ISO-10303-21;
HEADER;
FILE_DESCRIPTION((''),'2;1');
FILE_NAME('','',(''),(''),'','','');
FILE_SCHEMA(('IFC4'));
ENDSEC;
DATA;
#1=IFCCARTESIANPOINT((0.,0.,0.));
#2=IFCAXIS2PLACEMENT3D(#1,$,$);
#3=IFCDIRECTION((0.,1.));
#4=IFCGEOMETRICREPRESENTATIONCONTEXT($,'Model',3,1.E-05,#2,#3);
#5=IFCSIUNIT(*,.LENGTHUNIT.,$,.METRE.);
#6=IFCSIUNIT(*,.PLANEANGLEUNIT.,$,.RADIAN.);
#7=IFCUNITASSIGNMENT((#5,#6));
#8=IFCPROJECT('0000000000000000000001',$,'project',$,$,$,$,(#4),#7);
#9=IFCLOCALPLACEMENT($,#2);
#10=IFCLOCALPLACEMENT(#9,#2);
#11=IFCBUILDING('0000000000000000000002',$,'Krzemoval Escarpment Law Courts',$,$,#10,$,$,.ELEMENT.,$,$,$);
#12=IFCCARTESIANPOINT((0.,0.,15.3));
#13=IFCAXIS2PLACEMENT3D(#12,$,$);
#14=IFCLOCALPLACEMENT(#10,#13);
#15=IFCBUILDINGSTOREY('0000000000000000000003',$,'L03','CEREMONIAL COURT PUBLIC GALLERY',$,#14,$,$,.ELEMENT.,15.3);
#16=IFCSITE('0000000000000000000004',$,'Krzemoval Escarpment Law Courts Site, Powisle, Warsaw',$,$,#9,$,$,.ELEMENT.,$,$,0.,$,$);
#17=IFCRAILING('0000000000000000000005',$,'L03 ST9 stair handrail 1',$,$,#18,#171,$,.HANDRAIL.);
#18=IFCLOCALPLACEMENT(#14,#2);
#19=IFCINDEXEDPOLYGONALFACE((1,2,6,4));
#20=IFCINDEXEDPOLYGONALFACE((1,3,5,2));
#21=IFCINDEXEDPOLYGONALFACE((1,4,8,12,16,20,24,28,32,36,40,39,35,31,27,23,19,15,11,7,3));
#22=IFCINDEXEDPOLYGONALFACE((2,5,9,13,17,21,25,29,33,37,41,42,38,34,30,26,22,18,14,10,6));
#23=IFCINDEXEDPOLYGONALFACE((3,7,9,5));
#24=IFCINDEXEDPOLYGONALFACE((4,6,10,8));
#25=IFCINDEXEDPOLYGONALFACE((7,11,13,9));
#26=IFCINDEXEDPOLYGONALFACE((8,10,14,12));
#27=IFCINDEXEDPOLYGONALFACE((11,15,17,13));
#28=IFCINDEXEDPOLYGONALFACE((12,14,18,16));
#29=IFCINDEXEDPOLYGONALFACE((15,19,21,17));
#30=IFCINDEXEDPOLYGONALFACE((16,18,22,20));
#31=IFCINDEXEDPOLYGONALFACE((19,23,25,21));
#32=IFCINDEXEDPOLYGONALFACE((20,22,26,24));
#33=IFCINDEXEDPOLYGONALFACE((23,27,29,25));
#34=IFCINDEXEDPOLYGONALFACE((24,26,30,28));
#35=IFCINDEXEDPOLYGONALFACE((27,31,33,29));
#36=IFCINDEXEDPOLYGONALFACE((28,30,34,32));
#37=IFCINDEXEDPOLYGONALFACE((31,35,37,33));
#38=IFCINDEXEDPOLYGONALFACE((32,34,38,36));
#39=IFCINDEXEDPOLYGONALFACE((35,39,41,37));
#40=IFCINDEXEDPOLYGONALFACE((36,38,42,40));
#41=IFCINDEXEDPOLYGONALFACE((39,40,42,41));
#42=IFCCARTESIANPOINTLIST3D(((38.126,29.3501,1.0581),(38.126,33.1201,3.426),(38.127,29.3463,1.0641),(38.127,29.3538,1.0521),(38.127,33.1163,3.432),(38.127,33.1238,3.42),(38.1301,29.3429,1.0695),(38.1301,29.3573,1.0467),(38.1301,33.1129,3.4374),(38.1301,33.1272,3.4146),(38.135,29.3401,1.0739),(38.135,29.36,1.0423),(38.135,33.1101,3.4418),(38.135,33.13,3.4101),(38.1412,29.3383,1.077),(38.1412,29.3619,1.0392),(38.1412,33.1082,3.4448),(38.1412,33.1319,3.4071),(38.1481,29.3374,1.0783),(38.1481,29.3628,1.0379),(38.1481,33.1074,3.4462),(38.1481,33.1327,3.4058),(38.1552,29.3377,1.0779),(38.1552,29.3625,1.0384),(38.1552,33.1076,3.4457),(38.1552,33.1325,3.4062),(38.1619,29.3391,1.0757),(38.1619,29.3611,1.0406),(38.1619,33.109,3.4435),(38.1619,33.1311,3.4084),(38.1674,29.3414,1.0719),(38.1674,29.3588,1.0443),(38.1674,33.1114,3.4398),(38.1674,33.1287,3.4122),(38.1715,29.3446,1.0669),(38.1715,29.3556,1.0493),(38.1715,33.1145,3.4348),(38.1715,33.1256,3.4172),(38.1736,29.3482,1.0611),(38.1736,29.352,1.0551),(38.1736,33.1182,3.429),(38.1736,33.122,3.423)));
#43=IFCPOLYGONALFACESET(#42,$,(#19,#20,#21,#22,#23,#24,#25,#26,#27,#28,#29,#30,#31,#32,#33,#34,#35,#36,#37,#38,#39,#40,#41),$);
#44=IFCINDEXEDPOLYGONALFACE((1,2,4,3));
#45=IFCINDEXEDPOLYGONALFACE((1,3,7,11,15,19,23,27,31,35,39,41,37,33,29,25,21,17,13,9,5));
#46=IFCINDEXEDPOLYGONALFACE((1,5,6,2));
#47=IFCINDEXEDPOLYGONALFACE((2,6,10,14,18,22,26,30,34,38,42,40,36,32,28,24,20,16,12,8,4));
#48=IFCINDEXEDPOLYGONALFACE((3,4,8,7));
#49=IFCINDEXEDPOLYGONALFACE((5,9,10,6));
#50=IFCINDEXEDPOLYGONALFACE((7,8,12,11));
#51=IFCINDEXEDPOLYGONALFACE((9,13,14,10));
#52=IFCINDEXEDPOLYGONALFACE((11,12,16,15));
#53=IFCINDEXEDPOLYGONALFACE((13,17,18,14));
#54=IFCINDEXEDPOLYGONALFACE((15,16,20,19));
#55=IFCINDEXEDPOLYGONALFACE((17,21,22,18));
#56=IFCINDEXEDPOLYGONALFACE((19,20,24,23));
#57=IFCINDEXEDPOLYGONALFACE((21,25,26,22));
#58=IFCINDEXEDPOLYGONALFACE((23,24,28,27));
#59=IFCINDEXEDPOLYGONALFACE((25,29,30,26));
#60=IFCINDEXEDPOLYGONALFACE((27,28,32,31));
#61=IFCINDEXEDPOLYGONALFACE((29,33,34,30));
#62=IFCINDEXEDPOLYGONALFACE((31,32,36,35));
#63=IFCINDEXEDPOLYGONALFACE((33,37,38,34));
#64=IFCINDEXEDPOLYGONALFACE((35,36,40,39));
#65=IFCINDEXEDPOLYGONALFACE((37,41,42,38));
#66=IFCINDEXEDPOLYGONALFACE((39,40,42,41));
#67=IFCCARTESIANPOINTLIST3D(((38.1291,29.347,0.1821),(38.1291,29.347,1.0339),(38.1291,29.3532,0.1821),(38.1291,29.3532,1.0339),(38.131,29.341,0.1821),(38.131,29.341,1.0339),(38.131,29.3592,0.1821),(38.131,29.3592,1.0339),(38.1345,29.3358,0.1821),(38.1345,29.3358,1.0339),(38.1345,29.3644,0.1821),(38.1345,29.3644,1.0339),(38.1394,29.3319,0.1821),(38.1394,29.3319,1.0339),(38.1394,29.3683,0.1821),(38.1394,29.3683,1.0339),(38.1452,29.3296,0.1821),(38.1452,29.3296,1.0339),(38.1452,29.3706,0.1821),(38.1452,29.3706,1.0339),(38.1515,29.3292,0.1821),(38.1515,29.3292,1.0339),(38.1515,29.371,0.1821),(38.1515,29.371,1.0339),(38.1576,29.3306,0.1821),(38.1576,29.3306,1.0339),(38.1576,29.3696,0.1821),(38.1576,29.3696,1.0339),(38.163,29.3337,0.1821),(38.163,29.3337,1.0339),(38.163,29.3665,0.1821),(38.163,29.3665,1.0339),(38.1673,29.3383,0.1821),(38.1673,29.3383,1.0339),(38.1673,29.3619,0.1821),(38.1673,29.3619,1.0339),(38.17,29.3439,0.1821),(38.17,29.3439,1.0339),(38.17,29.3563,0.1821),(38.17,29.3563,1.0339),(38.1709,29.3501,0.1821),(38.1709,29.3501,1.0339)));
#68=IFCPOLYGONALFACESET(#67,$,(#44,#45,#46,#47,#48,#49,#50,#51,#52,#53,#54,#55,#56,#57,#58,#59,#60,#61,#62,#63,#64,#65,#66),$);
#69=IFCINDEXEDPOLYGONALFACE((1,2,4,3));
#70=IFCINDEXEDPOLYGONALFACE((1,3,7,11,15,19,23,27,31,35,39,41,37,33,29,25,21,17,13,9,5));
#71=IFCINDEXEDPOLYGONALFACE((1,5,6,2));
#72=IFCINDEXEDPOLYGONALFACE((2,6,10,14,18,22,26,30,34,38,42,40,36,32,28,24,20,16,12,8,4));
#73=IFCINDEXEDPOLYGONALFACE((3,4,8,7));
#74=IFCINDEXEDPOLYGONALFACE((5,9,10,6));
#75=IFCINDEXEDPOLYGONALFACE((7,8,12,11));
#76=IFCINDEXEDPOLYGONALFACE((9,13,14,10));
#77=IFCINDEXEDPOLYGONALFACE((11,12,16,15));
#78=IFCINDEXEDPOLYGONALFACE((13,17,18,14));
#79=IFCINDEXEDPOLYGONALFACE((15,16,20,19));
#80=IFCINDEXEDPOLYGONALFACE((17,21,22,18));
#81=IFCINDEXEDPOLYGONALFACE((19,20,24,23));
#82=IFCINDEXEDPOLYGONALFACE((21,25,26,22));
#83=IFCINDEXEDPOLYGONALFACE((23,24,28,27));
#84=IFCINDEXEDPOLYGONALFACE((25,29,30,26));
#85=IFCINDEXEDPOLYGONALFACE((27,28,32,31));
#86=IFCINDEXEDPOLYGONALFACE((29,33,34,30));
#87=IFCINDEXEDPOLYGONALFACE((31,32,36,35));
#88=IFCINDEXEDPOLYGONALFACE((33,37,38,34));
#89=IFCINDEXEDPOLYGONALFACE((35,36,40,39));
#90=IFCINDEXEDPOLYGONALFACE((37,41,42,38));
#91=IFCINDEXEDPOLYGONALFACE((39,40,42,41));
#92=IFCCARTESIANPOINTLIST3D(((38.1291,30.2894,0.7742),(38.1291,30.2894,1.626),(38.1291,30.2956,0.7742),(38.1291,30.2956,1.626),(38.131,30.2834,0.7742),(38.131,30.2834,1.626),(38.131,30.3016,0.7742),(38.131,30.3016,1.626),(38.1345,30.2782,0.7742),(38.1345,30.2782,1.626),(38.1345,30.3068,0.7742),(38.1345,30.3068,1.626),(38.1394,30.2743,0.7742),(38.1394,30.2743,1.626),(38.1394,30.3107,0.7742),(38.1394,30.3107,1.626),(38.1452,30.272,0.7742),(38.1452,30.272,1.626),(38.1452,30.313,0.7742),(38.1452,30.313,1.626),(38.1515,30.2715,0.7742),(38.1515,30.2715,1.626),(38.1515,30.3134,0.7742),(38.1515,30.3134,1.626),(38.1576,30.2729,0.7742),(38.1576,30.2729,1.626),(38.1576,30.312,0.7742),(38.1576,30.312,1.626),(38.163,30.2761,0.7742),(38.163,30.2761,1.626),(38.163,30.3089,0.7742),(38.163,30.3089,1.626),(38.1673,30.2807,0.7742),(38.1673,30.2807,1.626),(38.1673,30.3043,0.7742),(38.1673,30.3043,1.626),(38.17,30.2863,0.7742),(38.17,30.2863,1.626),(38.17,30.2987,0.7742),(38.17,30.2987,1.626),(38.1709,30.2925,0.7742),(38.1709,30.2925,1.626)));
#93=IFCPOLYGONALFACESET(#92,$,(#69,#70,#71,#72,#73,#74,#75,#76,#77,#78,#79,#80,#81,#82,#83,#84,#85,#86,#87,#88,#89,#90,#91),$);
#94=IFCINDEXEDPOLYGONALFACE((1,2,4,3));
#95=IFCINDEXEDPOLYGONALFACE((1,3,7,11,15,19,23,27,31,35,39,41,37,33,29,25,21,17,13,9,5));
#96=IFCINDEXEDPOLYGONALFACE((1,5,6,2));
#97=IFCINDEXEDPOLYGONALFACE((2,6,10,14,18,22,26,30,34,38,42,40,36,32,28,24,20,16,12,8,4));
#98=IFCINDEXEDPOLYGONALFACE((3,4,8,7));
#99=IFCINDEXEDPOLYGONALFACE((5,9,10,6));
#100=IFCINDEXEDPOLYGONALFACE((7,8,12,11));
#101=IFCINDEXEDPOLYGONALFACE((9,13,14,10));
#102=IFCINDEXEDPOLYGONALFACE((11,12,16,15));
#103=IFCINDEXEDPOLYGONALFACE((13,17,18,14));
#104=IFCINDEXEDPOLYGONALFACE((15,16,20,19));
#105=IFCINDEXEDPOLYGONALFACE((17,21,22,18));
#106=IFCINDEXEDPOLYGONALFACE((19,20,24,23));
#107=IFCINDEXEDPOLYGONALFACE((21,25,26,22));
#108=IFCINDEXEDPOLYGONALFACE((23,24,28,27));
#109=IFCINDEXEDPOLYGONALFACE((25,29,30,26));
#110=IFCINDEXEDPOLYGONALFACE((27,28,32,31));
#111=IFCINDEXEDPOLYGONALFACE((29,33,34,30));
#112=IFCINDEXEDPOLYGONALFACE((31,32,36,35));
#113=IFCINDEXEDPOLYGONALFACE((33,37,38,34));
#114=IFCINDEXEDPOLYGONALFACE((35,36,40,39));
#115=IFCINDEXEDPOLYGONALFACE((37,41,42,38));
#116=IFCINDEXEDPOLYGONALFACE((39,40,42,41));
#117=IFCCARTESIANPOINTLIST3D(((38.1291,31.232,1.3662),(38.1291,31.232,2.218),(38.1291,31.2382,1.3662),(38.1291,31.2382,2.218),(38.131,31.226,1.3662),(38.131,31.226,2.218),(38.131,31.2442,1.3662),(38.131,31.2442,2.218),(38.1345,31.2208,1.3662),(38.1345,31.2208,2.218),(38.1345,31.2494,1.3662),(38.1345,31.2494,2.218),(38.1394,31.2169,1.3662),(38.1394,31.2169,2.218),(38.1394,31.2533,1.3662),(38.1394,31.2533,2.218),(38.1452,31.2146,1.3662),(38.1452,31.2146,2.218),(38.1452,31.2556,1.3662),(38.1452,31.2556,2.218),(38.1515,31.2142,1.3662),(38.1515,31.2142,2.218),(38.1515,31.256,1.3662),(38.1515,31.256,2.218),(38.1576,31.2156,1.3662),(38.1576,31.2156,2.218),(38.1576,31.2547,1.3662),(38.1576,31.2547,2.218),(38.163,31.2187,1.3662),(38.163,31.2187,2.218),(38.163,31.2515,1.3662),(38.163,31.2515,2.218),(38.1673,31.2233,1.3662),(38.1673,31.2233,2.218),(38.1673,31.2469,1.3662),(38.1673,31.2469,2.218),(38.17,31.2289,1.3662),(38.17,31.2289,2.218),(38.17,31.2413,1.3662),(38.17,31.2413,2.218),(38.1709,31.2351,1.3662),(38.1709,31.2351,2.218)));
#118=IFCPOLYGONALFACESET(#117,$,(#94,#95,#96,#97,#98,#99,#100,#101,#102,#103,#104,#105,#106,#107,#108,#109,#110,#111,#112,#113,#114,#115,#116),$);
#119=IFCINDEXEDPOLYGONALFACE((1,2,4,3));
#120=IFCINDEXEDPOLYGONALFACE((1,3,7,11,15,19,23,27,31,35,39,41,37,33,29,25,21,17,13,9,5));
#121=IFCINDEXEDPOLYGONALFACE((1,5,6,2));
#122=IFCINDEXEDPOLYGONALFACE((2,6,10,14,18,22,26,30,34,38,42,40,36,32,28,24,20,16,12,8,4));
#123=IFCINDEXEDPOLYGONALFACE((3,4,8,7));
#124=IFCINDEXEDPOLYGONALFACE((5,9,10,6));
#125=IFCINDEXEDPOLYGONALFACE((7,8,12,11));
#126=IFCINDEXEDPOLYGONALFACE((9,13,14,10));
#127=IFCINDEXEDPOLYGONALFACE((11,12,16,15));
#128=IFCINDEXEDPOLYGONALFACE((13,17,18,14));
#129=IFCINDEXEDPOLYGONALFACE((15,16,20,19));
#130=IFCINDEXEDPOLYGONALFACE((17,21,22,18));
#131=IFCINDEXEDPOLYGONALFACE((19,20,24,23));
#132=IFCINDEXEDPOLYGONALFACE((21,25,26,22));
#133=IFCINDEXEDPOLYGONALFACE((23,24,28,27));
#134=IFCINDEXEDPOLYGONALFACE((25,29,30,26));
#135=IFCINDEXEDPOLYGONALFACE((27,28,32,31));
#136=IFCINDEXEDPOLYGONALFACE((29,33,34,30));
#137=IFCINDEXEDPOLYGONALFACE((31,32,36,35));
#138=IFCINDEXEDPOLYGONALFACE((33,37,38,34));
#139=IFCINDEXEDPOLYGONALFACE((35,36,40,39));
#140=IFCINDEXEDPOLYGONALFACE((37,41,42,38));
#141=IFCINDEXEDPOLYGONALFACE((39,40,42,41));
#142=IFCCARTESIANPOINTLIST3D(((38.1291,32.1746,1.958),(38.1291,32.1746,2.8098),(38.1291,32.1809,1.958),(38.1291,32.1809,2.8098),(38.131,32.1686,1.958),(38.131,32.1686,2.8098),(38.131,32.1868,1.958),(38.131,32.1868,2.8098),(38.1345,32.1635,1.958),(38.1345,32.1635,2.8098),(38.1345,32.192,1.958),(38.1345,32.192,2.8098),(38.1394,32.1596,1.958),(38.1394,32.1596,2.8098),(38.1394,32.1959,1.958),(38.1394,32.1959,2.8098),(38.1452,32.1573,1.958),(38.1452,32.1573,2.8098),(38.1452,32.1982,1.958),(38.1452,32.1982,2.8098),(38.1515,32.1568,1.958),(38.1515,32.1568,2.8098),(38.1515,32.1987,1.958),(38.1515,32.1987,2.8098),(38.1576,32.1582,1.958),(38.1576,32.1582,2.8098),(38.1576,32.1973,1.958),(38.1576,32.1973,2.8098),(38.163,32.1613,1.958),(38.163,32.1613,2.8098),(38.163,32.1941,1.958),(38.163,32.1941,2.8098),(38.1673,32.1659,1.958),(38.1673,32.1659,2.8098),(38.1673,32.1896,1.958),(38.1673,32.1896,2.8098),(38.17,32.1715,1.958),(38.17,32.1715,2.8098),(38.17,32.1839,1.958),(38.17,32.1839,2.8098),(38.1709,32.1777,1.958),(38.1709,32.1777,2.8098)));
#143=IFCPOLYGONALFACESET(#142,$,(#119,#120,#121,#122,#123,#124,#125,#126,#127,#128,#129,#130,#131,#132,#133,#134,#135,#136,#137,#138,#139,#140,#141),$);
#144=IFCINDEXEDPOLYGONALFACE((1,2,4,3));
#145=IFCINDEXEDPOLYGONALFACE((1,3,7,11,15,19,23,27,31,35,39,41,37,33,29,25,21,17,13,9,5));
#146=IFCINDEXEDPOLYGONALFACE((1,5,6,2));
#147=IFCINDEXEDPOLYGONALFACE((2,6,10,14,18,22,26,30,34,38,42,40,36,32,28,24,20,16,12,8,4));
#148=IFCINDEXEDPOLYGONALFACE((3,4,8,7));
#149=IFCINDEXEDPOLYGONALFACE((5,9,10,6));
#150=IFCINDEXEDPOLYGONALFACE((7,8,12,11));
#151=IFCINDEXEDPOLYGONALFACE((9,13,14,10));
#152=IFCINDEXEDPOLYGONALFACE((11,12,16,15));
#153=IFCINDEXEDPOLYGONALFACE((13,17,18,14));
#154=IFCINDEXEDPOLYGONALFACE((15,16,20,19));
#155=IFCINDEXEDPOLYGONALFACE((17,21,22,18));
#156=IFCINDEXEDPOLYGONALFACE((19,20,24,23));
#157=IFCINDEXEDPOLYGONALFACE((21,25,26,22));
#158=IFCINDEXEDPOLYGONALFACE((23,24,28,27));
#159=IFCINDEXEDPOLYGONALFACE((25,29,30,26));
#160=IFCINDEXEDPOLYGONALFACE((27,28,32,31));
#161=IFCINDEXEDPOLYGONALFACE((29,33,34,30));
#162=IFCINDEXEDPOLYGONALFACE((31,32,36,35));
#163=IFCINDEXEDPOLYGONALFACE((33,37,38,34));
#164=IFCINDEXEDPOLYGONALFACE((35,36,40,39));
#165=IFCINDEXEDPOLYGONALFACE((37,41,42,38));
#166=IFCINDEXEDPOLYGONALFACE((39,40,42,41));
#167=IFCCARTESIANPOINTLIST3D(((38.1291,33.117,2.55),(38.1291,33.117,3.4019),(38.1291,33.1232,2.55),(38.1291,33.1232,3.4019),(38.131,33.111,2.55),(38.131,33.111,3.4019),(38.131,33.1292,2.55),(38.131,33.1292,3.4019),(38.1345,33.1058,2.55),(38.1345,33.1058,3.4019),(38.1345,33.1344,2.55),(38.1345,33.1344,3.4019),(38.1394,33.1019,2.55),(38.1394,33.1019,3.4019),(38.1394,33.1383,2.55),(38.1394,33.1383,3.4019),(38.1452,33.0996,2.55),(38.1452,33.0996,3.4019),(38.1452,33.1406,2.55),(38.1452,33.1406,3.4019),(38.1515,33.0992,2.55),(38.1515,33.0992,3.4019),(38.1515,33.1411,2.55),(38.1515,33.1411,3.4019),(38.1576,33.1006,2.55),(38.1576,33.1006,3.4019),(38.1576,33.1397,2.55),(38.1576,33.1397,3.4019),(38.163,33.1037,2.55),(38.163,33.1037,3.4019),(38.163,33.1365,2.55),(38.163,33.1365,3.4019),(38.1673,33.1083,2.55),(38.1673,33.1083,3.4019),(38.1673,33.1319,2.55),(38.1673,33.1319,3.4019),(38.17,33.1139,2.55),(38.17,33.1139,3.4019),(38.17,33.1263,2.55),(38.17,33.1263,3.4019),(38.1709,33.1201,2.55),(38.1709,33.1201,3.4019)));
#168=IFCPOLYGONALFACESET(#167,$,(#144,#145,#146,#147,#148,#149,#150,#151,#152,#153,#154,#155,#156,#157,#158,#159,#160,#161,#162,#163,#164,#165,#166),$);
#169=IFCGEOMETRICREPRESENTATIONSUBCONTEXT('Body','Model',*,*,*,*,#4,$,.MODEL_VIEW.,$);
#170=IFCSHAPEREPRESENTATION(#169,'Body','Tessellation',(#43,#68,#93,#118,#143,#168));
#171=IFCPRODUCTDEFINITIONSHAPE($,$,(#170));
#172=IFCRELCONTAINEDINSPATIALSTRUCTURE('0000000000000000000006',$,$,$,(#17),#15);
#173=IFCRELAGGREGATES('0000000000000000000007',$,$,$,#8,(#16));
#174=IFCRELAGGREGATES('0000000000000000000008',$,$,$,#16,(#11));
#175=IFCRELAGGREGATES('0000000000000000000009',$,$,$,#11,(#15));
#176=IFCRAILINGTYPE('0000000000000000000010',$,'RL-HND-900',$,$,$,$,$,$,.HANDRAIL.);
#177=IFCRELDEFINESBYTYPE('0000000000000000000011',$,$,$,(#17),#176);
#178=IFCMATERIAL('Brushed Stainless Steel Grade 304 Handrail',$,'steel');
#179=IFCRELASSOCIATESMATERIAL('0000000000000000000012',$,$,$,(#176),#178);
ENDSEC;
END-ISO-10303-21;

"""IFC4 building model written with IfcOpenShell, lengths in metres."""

from ifc_helpers import new_model, si_unit, direction, frame, origin, origin_2d, place, context, subcontext, project, spatial, circle, extrude, material, type_object, element, save


model = new_model("IFC4")

# Units and contexts
model_context = context("Model", 3, precision=1e-05, world=origin(), true_north=direction((0.0, 1.0)))
body_context = subcontext(model_context, "Body", "Model", "MODEL_VIEW")
ifc_project = project(units=[si_unit("LENGTHUNIT", "METRE"), si_unit("PLANEANGLEUNIT", "RADIAN")], contexts=[model_context])

# Site, building, storey
site_placement = place(None, origin())
site = spatial("IfcSite", under=ifc_project, at=site_placement, Name="Krzemoval Escarpment Law Courts Site, Powisle, Warsaw", CompositionType="ELEMENT", RefElevation=0.0)
building_placement = place(site_placement, origin())
building = spatial("IfcBuilding", under=site, at=building_placement, Name="Krzemoval Escarpment Law Courts", CompositionType="ELEMENT")
storey_placement = place(building_placement, frame((0.0, 0.0, 15.3)))
storey = spatial("IfcBuildingStorey", under=building, at=storey_placement, Name="L03", Description="CEREMONIAL COURT PUBLIC GALLERY", CompositionType="ELEMENT", Elevation=15.3)

# Railing
ifc_material_1 = material(Name="Brushed Stainless Steel Grade 304 Handrail", Category="steel")
railing_type_1 = type_object("IfcRailingType", Name="RL-HND-900", PredefinedType="HANDRAIL", material=ifc_material_1)
railing_1_placement = place(storey_placement, frame((38.1499, 29.3501, 0.1821)))
element("IfcRailing", 1, at=railing_1_placement, inside=storey, type_object=railing_type_1, Name="L03 ST9 stair handrail 1", PredefinedType="HANDRAIL", context=body_context, shape_type="SweptSolid", body=[
    extrude(circle(Radius=0.0239, at=origin_2d()), frame((0.0, 0.0, 0.876), z_axis=(0.0, 0.846819, 0.531881), x_axis=(-1.0, 0.0, 0.0)), (0.0, 0.0, 1.0), 4.4519),
    extrude(circle(Radius=0.021, at=origin_2d()), origin(), (0.0, 0.0, 1.0), 0.8518),
    extrude(circle(Radius=0.021, at=origin_2d()), frame((0.0, 0.9424, 0.592)), (0.0, 0.0, 1.0), 0.8518),
    extrude(circle(Radius=0.021, at=origin_2d()), frame((0.0, 1.885, 1.1841)), (0.0, 0.0, 1.0), 0.8518),
    extrude(circle(Radius=0.021, at=origin_2d()), frame((0.0, 2.8276, 1.7759)), (0.0, 0.0, 1.0), 0.8518),
    extrude(circle(Radius=0.021, at=origin_2d()), frame((0.0, 3.77, 2.3679)), (0.0, 0.0, 1.0), 0.8518),
])

save(model, "model.ifc")
